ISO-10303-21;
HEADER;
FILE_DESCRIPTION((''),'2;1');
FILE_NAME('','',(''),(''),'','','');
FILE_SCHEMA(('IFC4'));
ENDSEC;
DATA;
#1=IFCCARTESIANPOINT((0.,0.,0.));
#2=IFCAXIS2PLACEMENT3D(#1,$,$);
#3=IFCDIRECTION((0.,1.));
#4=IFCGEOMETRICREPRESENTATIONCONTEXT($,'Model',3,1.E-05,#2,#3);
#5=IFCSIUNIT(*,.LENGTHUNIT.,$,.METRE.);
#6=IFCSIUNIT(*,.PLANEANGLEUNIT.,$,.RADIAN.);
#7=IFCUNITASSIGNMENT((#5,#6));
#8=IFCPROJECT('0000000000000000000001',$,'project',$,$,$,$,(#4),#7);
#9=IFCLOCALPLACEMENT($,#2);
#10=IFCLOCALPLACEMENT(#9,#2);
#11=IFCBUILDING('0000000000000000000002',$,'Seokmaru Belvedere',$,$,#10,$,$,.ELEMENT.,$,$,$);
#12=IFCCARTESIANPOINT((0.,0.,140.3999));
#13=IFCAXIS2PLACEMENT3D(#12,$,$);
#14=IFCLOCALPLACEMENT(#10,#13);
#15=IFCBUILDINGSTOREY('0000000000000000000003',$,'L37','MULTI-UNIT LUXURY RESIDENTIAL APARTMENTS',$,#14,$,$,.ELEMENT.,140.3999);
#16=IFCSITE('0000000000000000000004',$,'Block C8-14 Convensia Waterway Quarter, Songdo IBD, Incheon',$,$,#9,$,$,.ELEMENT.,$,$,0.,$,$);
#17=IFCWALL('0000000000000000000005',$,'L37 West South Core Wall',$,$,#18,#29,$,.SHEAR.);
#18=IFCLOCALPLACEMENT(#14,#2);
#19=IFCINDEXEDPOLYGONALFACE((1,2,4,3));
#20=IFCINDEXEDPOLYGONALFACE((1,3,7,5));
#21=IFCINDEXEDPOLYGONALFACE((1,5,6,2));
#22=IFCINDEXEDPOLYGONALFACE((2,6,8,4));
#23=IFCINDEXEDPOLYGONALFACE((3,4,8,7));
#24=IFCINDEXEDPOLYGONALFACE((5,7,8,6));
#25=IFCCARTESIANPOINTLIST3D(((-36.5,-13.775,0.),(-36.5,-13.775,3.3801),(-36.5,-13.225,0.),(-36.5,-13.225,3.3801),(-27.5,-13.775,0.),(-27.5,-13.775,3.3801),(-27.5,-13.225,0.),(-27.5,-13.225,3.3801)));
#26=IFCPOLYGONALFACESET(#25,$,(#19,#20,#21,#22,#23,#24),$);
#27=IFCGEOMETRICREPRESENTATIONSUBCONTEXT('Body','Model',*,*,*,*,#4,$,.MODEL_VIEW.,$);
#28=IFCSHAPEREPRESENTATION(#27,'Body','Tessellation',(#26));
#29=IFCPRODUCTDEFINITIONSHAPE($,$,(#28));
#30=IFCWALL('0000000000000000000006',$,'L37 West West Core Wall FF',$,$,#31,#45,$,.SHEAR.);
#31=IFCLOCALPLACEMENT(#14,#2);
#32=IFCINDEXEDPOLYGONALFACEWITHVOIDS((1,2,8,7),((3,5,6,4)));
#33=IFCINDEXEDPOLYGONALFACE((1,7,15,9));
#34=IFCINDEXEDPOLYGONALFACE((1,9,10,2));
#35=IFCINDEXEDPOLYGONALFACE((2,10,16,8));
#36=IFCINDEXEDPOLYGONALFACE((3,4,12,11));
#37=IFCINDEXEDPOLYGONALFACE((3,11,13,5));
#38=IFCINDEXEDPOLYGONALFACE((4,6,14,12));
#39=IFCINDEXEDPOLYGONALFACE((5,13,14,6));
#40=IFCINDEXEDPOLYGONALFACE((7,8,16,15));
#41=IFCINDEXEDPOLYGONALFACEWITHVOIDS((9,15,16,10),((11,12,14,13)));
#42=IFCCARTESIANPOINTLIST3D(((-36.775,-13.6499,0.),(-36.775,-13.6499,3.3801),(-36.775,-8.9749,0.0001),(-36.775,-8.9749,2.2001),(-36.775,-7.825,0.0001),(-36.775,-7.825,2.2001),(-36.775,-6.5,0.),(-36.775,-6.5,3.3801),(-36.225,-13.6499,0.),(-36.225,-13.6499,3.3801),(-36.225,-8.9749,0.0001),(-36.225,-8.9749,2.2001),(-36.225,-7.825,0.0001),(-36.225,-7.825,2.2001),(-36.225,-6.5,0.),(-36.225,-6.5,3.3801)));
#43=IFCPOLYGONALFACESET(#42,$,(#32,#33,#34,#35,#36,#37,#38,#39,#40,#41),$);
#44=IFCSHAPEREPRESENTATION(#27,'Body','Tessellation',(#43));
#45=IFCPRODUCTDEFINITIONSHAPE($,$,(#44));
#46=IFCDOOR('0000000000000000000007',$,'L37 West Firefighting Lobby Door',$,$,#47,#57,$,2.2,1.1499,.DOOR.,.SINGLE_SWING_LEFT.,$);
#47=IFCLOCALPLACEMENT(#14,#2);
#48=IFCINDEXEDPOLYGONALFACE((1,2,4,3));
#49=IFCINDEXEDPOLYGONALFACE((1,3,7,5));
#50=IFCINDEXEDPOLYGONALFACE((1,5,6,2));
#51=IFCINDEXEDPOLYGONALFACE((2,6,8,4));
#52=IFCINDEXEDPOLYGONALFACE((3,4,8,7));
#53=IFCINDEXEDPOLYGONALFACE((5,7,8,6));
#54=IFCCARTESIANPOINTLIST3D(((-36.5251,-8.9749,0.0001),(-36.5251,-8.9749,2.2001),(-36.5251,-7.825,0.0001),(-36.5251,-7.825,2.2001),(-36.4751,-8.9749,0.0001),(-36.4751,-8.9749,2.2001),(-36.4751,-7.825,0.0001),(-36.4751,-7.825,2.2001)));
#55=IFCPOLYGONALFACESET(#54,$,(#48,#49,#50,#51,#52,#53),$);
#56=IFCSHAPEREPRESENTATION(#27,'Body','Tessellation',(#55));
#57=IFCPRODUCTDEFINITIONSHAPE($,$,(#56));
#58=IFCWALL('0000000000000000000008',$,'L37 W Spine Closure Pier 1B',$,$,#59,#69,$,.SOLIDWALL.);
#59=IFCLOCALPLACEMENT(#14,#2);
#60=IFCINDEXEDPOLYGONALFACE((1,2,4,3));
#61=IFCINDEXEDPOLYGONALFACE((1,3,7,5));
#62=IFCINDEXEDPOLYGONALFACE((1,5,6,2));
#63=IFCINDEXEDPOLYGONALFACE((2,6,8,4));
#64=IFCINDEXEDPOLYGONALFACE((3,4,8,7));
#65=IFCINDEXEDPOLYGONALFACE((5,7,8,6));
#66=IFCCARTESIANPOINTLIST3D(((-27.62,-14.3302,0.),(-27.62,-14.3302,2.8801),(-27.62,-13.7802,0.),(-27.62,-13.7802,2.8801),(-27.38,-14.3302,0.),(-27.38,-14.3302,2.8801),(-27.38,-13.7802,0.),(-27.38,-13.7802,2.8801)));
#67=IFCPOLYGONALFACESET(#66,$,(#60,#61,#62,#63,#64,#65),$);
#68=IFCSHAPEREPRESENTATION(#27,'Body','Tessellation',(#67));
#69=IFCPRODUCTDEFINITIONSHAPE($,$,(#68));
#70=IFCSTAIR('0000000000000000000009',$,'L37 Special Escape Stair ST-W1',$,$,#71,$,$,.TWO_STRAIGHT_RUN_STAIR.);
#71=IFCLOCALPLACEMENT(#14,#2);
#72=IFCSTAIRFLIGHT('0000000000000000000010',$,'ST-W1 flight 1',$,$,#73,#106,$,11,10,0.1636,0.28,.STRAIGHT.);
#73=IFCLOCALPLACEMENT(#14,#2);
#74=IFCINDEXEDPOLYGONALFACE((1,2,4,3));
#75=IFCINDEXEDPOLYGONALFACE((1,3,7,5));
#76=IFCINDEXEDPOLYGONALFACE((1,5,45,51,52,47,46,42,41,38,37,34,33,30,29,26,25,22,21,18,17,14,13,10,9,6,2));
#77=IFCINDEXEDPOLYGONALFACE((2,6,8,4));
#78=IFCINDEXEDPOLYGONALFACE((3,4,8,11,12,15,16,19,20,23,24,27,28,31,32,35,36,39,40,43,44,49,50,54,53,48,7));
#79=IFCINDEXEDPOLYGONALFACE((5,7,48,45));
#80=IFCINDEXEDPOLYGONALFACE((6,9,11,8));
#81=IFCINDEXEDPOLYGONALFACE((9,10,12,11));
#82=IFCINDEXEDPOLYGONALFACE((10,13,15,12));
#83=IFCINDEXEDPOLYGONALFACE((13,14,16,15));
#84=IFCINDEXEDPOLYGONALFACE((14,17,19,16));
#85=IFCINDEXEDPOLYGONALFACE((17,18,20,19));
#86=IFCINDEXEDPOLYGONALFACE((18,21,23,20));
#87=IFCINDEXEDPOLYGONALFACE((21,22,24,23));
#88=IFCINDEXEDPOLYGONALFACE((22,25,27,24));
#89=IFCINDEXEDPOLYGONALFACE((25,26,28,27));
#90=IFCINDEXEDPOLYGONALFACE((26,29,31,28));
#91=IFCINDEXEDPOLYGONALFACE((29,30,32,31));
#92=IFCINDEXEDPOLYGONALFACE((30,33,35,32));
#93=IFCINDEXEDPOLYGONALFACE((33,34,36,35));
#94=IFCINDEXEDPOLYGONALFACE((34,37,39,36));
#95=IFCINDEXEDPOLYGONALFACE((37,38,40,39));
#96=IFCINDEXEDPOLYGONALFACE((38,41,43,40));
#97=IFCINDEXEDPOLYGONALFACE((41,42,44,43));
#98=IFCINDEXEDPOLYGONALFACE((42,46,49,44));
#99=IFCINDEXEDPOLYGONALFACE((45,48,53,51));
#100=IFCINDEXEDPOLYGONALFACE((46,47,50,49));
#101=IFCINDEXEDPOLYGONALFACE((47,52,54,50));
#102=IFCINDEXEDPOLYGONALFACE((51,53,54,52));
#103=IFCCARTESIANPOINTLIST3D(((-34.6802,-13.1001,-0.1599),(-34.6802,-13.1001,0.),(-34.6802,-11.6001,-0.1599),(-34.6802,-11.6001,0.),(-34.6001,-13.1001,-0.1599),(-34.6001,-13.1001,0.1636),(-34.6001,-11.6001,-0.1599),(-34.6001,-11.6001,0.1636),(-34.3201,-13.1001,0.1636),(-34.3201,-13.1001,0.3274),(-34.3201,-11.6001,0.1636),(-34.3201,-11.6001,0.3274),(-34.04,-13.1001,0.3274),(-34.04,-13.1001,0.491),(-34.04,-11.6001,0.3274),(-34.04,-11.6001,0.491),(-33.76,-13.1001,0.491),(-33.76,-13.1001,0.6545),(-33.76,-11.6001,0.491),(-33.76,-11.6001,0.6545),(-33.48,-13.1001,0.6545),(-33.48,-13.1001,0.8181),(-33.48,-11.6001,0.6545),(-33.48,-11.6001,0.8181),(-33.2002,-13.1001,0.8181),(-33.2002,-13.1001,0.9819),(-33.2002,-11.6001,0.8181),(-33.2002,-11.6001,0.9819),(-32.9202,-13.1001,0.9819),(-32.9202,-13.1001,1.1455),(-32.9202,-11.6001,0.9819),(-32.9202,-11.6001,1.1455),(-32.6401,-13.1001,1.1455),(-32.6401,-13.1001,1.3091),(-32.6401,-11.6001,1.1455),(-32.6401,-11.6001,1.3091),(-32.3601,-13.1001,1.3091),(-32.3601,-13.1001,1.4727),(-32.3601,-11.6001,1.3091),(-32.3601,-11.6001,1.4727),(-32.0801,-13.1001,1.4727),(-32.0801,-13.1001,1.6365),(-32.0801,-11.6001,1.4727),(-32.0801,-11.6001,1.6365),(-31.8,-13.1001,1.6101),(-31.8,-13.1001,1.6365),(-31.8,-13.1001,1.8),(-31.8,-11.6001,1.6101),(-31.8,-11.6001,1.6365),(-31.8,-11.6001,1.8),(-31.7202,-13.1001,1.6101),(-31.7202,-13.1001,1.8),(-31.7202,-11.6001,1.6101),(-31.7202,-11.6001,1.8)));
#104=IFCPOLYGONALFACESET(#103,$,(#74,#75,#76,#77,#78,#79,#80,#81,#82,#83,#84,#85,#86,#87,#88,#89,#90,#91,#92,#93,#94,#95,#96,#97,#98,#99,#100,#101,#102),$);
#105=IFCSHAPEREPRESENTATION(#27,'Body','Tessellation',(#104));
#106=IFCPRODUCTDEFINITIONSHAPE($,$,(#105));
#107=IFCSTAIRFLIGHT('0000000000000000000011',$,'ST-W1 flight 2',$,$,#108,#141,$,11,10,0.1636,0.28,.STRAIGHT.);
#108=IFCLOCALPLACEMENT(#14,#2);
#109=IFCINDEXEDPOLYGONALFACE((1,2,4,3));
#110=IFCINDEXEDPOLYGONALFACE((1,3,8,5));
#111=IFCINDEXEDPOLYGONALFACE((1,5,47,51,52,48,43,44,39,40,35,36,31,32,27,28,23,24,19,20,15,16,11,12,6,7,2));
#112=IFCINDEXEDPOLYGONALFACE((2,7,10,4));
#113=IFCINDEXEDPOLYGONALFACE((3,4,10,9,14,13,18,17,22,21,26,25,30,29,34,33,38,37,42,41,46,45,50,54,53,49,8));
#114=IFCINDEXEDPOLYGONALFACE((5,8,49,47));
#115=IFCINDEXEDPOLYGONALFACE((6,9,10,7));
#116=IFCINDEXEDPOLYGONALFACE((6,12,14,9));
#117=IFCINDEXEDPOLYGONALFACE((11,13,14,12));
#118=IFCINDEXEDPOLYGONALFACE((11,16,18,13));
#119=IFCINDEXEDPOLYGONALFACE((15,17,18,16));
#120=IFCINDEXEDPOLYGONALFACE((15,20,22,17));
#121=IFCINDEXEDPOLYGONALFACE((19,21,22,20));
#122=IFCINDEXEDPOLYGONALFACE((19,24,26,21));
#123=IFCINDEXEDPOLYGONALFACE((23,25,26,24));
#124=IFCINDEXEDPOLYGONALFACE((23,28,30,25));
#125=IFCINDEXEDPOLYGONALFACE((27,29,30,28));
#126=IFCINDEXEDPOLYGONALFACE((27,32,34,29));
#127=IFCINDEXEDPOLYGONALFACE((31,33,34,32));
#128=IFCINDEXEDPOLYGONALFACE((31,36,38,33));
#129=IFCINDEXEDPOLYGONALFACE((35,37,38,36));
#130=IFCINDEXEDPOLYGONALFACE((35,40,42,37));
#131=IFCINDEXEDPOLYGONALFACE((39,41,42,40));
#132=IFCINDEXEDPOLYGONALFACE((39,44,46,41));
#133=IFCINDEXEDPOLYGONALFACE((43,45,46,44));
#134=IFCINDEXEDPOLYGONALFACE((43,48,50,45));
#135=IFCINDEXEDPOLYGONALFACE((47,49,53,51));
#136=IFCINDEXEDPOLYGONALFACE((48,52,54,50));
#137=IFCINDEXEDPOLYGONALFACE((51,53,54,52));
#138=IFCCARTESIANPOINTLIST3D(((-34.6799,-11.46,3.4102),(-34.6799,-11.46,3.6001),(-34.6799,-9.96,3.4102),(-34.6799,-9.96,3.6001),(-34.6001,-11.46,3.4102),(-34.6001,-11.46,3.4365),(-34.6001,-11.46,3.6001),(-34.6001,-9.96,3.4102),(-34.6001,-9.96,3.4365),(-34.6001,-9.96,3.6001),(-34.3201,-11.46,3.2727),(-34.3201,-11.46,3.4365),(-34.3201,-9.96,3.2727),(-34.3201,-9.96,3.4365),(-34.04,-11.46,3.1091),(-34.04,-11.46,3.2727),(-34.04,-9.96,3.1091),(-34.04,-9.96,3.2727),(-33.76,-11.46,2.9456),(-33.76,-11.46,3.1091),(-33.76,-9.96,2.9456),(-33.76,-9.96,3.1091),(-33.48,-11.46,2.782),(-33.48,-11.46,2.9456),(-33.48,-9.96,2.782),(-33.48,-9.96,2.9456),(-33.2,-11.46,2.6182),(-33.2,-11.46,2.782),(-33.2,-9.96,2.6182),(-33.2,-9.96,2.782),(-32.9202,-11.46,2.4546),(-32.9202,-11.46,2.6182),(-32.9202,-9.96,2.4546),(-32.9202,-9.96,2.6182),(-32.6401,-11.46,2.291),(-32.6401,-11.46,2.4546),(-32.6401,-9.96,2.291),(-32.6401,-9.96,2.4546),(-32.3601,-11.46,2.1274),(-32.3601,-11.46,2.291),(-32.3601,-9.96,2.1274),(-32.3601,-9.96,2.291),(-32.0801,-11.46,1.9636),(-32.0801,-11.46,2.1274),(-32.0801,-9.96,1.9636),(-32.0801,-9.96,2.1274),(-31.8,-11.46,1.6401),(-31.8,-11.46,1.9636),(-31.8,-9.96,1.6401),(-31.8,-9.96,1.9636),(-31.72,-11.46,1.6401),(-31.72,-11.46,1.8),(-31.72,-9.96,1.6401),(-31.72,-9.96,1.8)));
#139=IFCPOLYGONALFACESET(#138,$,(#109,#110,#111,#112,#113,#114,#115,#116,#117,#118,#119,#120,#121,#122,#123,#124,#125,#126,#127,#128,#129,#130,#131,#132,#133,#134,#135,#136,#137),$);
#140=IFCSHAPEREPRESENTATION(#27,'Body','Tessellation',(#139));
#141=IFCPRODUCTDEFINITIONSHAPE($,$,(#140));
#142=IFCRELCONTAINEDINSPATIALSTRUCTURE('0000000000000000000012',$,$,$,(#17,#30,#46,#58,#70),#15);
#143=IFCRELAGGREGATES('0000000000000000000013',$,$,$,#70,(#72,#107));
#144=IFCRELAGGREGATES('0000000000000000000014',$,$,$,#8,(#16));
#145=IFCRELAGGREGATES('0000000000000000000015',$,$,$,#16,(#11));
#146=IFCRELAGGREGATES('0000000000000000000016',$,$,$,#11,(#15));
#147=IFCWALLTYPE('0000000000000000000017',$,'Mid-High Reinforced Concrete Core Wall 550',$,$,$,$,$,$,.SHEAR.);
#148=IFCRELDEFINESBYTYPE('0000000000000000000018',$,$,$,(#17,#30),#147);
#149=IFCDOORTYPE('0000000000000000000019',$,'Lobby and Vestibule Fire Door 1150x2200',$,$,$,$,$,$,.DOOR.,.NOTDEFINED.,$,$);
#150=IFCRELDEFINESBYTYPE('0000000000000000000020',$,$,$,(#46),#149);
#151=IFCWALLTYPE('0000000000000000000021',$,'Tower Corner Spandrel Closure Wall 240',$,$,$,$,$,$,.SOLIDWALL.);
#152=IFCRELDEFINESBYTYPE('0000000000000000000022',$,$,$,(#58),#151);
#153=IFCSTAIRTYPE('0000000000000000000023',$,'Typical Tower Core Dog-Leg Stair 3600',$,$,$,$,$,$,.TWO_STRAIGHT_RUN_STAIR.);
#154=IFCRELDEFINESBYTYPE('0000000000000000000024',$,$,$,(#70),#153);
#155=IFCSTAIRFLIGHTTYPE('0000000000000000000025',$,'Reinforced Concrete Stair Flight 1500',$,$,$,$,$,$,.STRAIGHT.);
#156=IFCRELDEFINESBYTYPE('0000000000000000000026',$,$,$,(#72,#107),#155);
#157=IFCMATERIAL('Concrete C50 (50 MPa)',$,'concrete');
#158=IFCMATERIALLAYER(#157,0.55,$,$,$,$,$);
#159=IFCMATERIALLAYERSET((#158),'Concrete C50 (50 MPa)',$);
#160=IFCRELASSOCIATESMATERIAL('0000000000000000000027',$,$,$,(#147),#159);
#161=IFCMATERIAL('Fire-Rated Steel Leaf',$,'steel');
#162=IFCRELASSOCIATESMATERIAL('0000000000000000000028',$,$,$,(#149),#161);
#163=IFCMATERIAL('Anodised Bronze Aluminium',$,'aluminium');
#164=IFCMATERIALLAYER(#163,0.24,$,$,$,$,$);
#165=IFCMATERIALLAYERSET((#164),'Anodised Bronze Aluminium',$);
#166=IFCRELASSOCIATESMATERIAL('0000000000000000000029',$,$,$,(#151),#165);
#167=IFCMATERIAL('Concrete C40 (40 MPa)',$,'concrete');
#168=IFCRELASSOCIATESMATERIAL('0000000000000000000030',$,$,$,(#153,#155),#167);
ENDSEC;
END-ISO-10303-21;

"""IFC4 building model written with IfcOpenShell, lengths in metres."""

from ifc_helpers import new_model, si_unit, direction, frame, frame_2d, origin, place, context, subcontext, project, spatial, polyline, rectangle, outline, extrude, source, transform, mapped, material, layer, layer_set, type_object, type_shapes, element, fill, aggregate, save


model = new_model("IFC4")

# Units and contexts
model_context = context("Model", 3, precision=1e-05, world=origin(), true_north=direction((0.0, 1.0)))
body_context = subcontext(model_context, "Body", "Model", "MODEL_VIEW")
ifc_project = project(units=[si_unit("LENGTHUNIT", "METRE"), si_unit("PLANEANGLEUNIT", "RADIAN")], contexts=[model_context])

# Site, building, storey
site_placement = place(None, origin())
site = spatial("IfcSite", under=ifc_project, at=site_placement, Name="Block C8-14 Convensia Waterway Quarter, Songdo IBD, Incheon", CompositionType="ELEMENT", RefElevation=0.0)
building_placement = place(site_placement, origin())
building = spatial("IfcBuilding", under=site, at=building_placement, Name="Seokmaru Belvedere", CompositionType="ELEMENT")
storey_placement = place(building_placement, frame((0.0, 0.0, 140.3999)))
storey = spatial("IfcBuildingStorey", under=building, at=storey_placement, Name="L37", Description="MULTI-UNIT LUXURY RESIDENTIAL APARTMENTS", CompositionType="ELEMENT", Elevation=140.3999)

# Shared definitions
ifc_material_1 = material(Name="Anodised Bronze Aluminium", Category="aluminium")

# Shared definitions
ifc_material_2 = material(Name="Concrete C50 (50 MPa)", Category="concrete")

# Shared definitions
ifc_material_3 = material(Name="Fire-Rated Steel Leaf", Category="steel")

# Wall
ifc_layer_1 = layer(ifc_material_2, 0.55)
ifc_layer_set_1 = layer_set([ifc_layer_1], Name="Concrete C50 (50 MPa)")
wall_type_1 = type_object("IfcWallType", Name="Mid-High Reinforced Concrete Core Wall 550", PredefinedType="SHEAR", material=ifc_layer_set_1)
wall_1_placement = place(storey_placement, frame((-36.5, -13.5, 0.0), z_axis=(0.0, 0.0, 1.0), x_axis=(1.0, 0.0, 0.0)))
element("IfcWall", 1, at=wall_1_placement, inside=storey, type_object=wall_type_1, Name="L37 West South Core Wall", PredefinedType="SHEAR", context=body_context, shape_type="SweptSolid", body=[
    extrude(rectangle(XDim=9.0, YDim=0.55, at=frame_2d((4.5, 0.0))), origin(), (0.0, 0.0, 1.0), 3.3801),
])

# Wall, opening, door
wall_2_placement = place(storey_placement, frame((-36.5, -13.6499, 0.0), z_axis=(0.0, 0.0, 1.0), x_axis=(0.0, 1.0, 0.0)))
wall_2 = element("IfcWall", 2, at=wall_2_placement, inside=storey, type_object=wall_type_1, Name="L37 West West Core Wall FF", PredefinedType="SHEAR", context=body_context, shape_type="SweptSolid", body=[
    extrude(rectangle(XDim=7.1499, YDim=0.55, at=frame_2d((3.575, 0.0))), origin(), (0.0, 0.0, 1.0), 3.3801),
])
opening_1_placement = place(wall_2_placement, frame((4.675, 0.0, 0.0)))
opening_1 = element("IfcOpeningElement", 3, at=opening_1_placement, cuts=wall_2, PredefinedType="OPENING", context=body_context, shape_type="SweptSolid", body=[
    extrude(rectangle(XDim=1.1499, YDim=2.2, at=frame_2d((0.575, 1.1001))), frame((0.0, 0.2852, 0.0), z_axis=(0.0, -1.0, 0.0), x_axis=(1.0, 0.0, 0.0)), (0.0, 0.0, 1.0), 0.5701),
])
door_type_1 = type_object("IfcDoorType", Name="Lobby and Vestibule Fire Door 1150x2200", OperationType="NOTDEFINED", PredefinedType="DOOR", material=ifc_material_3)
shared_shape_1 = source(origin(), body_context, "Body", "SweptSolid", [
    extrude(rectangle(XDim=1.1499, YDim=2.2, at=frame_2d((0.575, 1.1001))), frame((0.0, 0.0249, 0.0), z_axis=(0.0, -1.0, 0.0), x_axis=(1.0, 0.0, 0.0)), (0.0, 0.0, 1.0), 0.05),
])
type_shapes(door_type_1, [shared_shape_1])
door_1_placement = place(opening_1_placement, frame((1.1499, 0.0, 0.0), z_axis=(0.0, 0.0, 1.0), x_axis=(-1.0, 0.0, 0.0)))
door_1 = element("IfcDoor", 4, at=door_1_placement, inside=storey, type_object=door_type_1, Name="L37 West Firefighting Lobby Door", OperationType="SINGLE_SWING_LEFT", OverallHeight=2.2, OverallWidth=1.1499, PredefinedType="DOOR", context=body_context, shape_type="MappedRepresentation", body=[
    mapped(shared_shape_1, transform((0.0, 0.0, 0.0), scale=1.0)),
])
fill(opening_1, door_1)

# Wall
ifc_layer_2 = layer(ifc_material_1, 0.24)
ifc_layer_set_2 = layer_set([ifc_layer_2], Name="Anodised Bronze Aluminium")
wall_type_2 = type_object("IfcWallType", Name="Tower Corner Spandrel Closure Wall 240", PredefinedType="SOLIDWALL", material=ifc_layer_set_2)
wall_3_placement = place(storey_placement, frame((-27.5, -14.3301, 0.0), z_axis=(0.0, 0.0, 1.0), x_axis=(0.0, 1.0, 0.0)))
element("IfcWall", 5, at=wall_3_placement, inside=storey, type_object=wall_type_2, Name="L37 W Spine Closure Pier 1B", PredefinedType="SOLIDWALL", context=body_context, shape_type="SweptSolid", body=[
    extrude(rectangle(XDim=0.55, YDim=0.24, at=frame_2d((0.2749, 0.0))), origin(), (0.0, 0.0, 1.0), 2.8801),
])

# Stair, stair flights
ifc_material_4 = material(Name="Concrete C40 (40 MPa)", Category="concrete")
stair_type = type_object("IfcStairType", Name="Typical Tower Core Dog-Leg Stair 3600", PredefinedType="TWO_STRAIGHT_RUN_STAIR", material=ifc_material_4)
stair_placement = place(storey_placement, origin())
stair = element("IfcStair", 6, at=stair_placement, inside=storey, type_object=stair_type, Name="L37 Special Escape Stair ST-W1", PredefinedType="TWO_STRAIGHT_RUN_STAIR")
stair_flight_type = type_object("IfcStairFlightType", Name="Reinforced Concrete Stair Flight 1500", PredefinedType="STRAIGHT", material=ifc_material_4)
stair_flight_1_placement = place(storey_placement, frame((-34.6001, -12.3501, 0.0), z_axis=(0.0, 0.0, 1.0), x_axis=(1.0, 0.0, 0.0)))
stair_flight_1 = element("IfcStairFlight", 7, at=stair_flight_1_placement, type_object=stair_flight_type, Name="ST-W1 flight 1", NumberOfRisers=11, NumberOfTreads=10, PredefinedType="STRAIGHT", RiserHeight=0.1636, TreadLength=0.28, context=body_context, shape_type="SweptSolid", body=[
    extrude(outline(polyline([(-0.0801, 0.0), (0.0, 0.1636), (0.28, 0.1636), (0.28, 0.3274), (0.5601, 0.3274), (0.5601, 0.491), (0.8401, 0.491), (0.8401, 0.6545), (1.1201, 0.6545), (1.1201, 0.8181), (1.3999, 0.8181), (1.3999, 0.9819), (1.6799, 0.9819), (1.6799, 1.1455), (1.96, 1.1455), (1.96, 1.3091), (2.24, 1.3091), (2.24, 1.4727), (2.52, 1.4727), (2.52, 1.6365), (2.8, 1.6365), (2.8, 1.8), (2.8799, 1.8), (2.8799, 1.6101), (2.8, 1.6101), (0.0, -0.1599), (-0.0801, -0.1599), (-0.0801, 0.0)])), frame((0.0, 0.75, 0.0), z_axis=(0.0, -1.0, 0.0), x_axis=(1.0, 0.0, 0.0)), (0.0, 0.0, 1.0), 1.5),
])
stair_flight_2_placement = place(storey_placement, frame((-31.8, -10.71, 1.8), z_axis=(0.0, 0.0, 1.0), x_axis=(-1.0, 0.0, 0.0)))
stair_flight_2 = element("IfcStairFlight", 8, at=stair_flight_2_placement, type_object=stair_flight_type, Name="ST-W1 flight 2", NumberOfRisers=11, NumberOfTreads=10, PredefinedType="STRAIGHT", RiserHeight=0.1636, TreadLength=0.28, context=body_context, shape_type="SweptSolid", body=[
    extrude(outline(polyline([(-0.0801, 0.0), (0.0, 0.1636), (0.28, 0.1636), (0.28, 0.3274), (0.5601, 0.3274), (0.5601, 0.491), (0.8401, 0.491), (0.8401, 0.6545), (1.1201, 0.6545), (1.1201, 0.8181), (1.3999, 0.8181), (1.3999, 0.9819), (1.6799, 0.9819), (1.6799, 1.1455), (1.96, 1.1455), (1.96, 1.3091), (2.24, 1.3091), (2.24, 1.4727), (2.52, 1.4727), (2.52, 1.6365), (2.8, 1.6365), (2.8, 1.8), (2.8799, 1.8), (2.8799, 1.6101), (2.8, 1.6101), (0.0, -0.1599), (-0.0801, -0.1599), (-0.0801, 0.0)])), frame((0.0, 0.75, 0.0), z_axis=(0.0, -1.0, 0.0), x_axis=(1.0, 0.0, 0.0)), (0.0, 0.0, 1.0), 1.5),
])
aggregate(stair, [stair_flight_1, stair_flight_2])

save(model, "model.ifc")
